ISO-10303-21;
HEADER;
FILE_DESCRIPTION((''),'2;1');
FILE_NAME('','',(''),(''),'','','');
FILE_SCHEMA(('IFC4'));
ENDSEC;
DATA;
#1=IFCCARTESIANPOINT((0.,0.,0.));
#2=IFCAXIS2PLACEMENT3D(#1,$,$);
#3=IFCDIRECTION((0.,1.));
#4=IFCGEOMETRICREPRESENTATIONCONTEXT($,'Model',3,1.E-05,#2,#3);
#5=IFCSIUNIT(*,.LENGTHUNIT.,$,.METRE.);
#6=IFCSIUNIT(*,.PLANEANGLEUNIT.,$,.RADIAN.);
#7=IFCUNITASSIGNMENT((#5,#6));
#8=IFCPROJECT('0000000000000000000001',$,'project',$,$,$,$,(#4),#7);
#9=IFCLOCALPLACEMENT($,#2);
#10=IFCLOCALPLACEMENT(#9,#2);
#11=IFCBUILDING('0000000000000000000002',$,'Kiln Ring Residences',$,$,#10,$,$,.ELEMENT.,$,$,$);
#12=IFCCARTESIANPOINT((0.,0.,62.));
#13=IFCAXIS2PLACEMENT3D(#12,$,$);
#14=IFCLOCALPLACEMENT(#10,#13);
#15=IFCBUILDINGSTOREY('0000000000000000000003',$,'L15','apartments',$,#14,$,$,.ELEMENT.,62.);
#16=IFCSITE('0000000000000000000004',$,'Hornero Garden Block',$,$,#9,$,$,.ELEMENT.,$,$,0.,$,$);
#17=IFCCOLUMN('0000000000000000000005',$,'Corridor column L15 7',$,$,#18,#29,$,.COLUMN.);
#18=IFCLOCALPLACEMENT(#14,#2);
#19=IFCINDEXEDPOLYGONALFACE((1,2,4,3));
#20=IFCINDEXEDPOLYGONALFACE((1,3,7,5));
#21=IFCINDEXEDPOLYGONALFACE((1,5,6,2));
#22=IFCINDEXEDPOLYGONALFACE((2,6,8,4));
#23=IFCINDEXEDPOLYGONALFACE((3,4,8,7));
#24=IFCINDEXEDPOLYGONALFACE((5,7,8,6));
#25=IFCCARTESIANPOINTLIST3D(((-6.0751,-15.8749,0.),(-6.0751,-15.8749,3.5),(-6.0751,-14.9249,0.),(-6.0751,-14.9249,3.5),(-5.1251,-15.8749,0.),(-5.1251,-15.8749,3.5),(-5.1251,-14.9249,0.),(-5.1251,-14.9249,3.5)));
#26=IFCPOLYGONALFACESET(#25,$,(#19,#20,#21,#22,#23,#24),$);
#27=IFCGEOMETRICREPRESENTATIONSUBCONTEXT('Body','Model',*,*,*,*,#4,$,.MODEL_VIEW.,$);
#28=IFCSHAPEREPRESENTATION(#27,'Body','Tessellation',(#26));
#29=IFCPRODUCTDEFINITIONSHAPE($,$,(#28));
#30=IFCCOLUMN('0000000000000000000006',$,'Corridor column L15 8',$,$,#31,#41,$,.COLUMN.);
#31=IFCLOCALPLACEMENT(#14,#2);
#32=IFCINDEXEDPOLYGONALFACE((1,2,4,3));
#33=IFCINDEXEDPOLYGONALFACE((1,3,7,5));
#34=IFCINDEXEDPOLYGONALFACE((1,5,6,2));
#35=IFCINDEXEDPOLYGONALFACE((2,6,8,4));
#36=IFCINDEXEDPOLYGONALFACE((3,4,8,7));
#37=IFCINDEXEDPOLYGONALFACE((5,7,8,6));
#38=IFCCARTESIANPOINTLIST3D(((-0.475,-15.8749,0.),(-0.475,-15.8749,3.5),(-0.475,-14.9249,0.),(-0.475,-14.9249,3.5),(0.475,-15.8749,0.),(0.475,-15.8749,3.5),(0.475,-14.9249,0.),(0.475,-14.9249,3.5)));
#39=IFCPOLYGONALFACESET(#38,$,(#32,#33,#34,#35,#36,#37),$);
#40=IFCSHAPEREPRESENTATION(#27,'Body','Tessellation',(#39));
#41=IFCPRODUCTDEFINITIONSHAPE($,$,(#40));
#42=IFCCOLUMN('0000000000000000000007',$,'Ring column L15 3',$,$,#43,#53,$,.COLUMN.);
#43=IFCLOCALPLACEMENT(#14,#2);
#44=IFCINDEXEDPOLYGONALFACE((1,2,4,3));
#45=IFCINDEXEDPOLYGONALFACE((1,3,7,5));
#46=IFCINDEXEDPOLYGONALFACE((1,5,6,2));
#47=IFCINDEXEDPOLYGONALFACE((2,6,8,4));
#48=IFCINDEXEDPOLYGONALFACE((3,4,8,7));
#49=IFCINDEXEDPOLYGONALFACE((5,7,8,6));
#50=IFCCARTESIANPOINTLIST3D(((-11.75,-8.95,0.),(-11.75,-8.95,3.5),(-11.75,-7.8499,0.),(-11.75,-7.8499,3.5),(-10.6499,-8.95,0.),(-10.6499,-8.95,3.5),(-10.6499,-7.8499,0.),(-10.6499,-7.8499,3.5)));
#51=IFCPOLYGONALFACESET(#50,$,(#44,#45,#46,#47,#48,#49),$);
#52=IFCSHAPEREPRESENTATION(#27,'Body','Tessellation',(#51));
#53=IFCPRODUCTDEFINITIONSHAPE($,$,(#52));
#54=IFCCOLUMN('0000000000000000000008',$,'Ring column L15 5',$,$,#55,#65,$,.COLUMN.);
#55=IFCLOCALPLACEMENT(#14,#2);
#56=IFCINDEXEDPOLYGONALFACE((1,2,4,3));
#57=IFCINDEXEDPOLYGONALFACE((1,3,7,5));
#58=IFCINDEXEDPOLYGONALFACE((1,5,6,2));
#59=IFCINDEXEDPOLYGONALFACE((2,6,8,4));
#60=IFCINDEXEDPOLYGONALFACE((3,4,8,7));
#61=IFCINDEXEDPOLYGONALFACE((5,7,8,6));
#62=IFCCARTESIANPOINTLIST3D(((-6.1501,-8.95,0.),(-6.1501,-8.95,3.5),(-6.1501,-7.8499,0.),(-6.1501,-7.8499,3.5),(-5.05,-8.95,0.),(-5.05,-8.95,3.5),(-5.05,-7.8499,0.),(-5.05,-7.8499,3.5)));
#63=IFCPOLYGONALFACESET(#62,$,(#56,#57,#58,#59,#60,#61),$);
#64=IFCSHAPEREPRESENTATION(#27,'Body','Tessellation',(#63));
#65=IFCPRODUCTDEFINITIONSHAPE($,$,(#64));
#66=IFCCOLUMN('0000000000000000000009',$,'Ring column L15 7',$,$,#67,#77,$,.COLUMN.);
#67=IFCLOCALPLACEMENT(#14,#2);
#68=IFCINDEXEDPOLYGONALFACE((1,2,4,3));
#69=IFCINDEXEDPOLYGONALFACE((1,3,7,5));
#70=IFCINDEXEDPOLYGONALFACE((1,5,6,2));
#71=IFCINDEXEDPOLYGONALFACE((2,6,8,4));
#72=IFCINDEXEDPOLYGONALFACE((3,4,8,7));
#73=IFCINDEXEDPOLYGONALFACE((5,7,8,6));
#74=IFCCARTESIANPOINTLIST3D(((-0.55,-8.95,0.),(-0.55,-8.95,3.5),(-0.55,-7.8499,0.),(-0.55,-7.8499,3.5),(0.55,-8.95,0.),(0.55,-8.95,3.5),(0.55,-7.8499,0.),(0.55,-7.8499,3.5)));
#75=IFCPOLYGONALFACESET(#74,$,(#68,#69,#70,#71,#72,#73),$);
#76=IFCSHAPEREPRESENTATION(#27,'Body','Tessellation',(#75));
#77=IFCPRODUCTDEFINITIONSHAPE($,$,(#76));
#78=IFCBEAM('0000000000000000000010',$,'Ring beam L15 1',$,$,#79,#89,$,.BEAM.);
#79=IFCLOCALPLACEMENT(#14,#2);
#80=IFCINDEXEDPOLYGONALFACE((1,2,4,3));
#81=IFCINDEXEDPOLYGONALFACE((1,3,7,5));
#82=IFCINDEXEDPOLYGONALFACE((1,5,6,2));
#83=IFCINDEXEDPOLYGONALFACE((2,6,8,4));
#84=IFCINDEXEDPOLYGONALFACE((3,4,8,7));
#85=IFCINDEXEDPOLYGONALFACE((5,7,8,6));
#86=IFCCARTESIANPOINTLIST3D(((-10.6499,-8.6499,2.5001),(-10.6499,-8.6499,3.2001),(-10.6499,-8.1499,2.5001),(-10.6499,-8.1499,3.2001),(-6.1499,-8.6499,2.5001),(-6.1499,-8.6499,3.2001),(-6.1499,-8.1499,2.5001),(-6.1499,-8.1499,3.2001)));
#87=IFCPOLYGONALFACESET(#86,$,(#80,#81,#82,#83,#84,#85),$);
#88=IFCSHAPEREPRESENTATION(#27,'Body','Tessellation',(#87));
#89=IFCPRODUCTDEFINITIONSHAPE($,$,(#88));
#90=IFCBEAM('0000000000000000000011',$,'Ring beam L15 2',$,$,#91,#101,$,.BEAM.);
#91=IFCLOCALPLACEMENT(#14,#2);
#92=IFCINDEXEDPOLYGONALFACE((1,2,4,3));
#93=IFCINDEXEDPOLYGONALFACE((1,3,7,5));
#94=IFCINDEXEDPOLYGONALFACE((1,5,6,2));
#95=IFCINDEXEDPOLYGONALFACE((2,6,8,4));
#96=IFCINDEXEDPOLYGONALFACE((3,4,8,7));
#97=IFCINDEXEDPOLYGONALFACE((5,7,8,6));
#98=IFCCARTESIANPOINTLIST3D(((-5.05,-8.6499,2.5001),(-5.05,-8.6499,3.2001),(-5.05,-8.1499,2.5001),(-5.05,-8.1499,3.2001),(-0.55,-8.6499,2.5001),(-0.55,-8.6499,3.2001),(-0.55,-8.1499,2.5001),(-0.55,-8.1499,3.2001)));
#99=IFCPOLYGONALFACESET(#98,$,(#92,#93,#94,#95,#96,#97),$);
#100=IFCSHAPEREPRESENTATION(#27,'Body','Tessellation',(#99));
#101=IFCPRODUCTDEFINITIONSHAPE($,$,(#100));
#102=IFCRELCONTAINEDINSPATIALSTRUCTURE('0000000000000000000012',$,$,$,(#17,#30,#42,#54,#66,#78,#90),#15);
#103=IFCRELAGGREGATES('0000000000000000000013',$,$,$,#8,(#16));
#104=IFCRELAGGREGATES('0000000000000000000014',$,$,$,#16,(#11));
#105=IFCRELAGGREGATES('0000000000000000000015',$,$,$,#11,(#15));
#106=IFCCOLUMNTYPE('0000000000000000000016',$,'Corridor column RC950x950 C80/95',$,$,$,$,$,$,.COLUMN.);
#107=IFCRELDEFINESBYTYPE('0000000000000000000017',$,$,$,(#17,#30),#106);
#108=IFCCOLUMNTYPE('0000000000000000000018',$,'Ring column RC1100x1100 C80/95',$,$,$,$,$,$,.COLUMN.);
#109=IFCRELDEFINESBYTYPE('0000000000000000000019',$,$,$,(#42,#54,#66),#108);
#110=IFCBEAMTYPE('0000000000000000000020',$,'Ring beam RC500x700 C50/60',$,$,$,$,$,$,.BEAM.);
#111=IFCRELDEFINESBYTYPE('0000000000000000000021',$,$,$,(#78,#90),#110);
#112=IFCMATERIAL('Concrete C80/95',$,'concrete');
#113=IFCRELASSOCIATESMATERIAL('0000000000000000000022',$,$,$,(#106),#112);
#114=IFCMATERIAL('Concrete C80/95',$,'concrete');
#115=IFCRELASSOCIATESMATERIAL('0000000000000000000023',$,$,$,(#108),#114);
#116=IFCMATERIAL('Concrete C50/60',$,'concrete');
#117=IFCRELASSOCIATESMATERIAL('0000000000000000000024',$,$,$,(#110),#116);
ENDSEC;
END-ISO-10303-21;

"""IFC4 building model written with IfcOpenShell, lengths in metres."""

from ifc_helpers import new_model, si_unit, direction, frame, origin, origin_2d, place, context, subcontext, project, spatial, rectangle, extrude, material, material_profile, profile_set, type_object, element, save


model = new_model("IFC4")

# Units and contexts
model_context = context("Model", 3, precision=1e-05, world=origin(), true_north=direction((0.0, 1.0)))
body_context = subcontext(model_context, "Body", "Model", "MODEL_VIEW")
ifc_project = project(units=[si_unit("LENGTHUNIT", "METRE"), si_unit("PLANEANGLEUNIT", "RADIAN")], contexts=[model_context])

# Site, building, storey
site_placement = place(None, origin())
site = spatial("IfcSite", under=ifc_project, at=site_placement, Name="Hornero Garden Block", CompositionType="ELEMENT", RefElevation=0.0)
building_placement = place(site_placement, origin())
building = spatial("IfcBuilding", under=site, at=building_placement, Name="Kiln Ring Residences", CompositionType="ELEMENT")
storey_placement = place(building_placement, frame((0.0, 0.0, 62.0)))
storey = spatial("IfcBuildingStorey", under=building, at=storey_placement, Name="L15", Description="apartments", CompositionType="ELEMENT", Elevation=62.0)

# Columns
ifc_material_1 = material(Name="Concrete C80/95", Category="concrete")
ifc_material_profile_1 = material_profile(ifc_material_1, rectangle(XDim=0.95, YDim=0.95, at=origin_2d()), Name="RC950x950")
ifc_profile_set_1 = profile_set([ifc_material_profile_1], Name="Concrete C80/95")
column_type_1 = type_object("IfcColumnType", Name="Corridor column RC950x950 C80/95", PredefinedType="COLUMN", material=ifc_profile_set_1)
for number, where, z_axis, x_axis, name in (
    (1, (-5.6001, -15.3999, 0.0), (0.0, 0.0, 1.0), (1.0, 0.0, 0.0), "Corridor column L15 7"),
    (2, (0.0, -15.3999, 0.0), (0.0, 0.0, 1.0), (1.0, 0.0, 0.0), "Corridor column L15 8"),
):
    element("IfcColumn", number, at=place(storey_placement, frame(where, z_axis=z_axis, x_axis=x_axis)), inside=storey, type_object=column_type_1, Name=name, PredefinedType="COLUMN", context=body_context, shape_type="SweptSolid", body=[
        extrude(rectangle(XDim=0.95, YDim=0.95, at=origin_2d()), origin(), (0.0, 0.0, 1.0), 3.5),
    ])
ifc_material_2 = material(Name="Concrete C80/95", Category="concrete")
ifc_material_profile_2 = material_profile(ifc_material_2, rectangle(XDim=1.1001, YDim=1.1001, at=origin_2d()), Name="RC1100x1100")
ifc_profile_set_2 = profile_set([ifc_material_profile_2], Name="Concrete C80/95")
column_type_2 = type_object("IfcColumnType", Name="Ring column RC1100x1100 C80/95", PredefinedType="COLUMN", material=ifc_profile_set_2)
for number, where, z_axis, x_axis, name in (
    (3, (-11.2, -8.3999, 0.0), (0.0, 0.0, 1.0), (1.0, 0.0, 0.0), "Ring column L15 3"),
    (4, (-5.6001, -8.3999, 0.0), (0.0, 0.0, 1.0), (1.0, 0.0, 0.0), "Ring column L15 5"),
    (5, (0.0, -8.3999, 0.0), (0.0, 0.0, 1.0), (1.0, 0.0, 0.0), "Ring column L15 7"),
):
    element("IfcColumn", number, at=place(storey_placement, frame(where, z_axis=z_axis, x_axis=x_axis)), inside=storey, type_object=column_type_2, Name=name, PredefinedType="COLUMN", context=body_context, shape_type="SweptSolid", body=[
        extrude(rectangle(XDim=1.1001, YDim=1.1001, at=origin_2d()), origin(), (0.0, 0.0, 1.0), 3.5),
    ])

# Beams
ifc_material_3 = material(Name="Concrete C50/60", Category="concrete")
ifc_material_profile_3 = material_profile(ifc_material_3, rectangle(XDim=0.5, YDim=0.7, at=origin_2d()), Name="RC500x700")
ifc_profile_set_3 = profile_set([ifc_material_profile_3], Name="Concrete C50/60")
beam_type = type_object("IfcBeamType", Name="Ring beam RC500x700 C50/60", PredefinedType="BEAM", material=ifc_profile_set_3)
for number, where, z_axis, x_axis, name in (
    (6, (-10.6499, -8.3999, 2.8501), (1.0, 0.0, 0.0), (0.0, 1.0, 0.0), "Ring beam L15 1"),
    (7, (-5.05, -8.3999, 2.8501), (1.0, 0.0, 0.0), (0.0, 1.0, 0.0), "Ring beam L15 2"),
):
    element("IfcBeam", number, at=place(storey_placement, frame(where, z_axis=z_axis, x_axis=x_axis)), inside=storey, type_object=beam_type, Name=name, PredefinedType="BEAM", context=body_context, shape_type="SweptSolid", body=[
        extrude(rectangle(XDim=0.5, YDim=0.7, at=origin_2d()), origin(), (0.0, 0.0, 1.0), 4.5),
    ])

save(model, "model.ifc")
